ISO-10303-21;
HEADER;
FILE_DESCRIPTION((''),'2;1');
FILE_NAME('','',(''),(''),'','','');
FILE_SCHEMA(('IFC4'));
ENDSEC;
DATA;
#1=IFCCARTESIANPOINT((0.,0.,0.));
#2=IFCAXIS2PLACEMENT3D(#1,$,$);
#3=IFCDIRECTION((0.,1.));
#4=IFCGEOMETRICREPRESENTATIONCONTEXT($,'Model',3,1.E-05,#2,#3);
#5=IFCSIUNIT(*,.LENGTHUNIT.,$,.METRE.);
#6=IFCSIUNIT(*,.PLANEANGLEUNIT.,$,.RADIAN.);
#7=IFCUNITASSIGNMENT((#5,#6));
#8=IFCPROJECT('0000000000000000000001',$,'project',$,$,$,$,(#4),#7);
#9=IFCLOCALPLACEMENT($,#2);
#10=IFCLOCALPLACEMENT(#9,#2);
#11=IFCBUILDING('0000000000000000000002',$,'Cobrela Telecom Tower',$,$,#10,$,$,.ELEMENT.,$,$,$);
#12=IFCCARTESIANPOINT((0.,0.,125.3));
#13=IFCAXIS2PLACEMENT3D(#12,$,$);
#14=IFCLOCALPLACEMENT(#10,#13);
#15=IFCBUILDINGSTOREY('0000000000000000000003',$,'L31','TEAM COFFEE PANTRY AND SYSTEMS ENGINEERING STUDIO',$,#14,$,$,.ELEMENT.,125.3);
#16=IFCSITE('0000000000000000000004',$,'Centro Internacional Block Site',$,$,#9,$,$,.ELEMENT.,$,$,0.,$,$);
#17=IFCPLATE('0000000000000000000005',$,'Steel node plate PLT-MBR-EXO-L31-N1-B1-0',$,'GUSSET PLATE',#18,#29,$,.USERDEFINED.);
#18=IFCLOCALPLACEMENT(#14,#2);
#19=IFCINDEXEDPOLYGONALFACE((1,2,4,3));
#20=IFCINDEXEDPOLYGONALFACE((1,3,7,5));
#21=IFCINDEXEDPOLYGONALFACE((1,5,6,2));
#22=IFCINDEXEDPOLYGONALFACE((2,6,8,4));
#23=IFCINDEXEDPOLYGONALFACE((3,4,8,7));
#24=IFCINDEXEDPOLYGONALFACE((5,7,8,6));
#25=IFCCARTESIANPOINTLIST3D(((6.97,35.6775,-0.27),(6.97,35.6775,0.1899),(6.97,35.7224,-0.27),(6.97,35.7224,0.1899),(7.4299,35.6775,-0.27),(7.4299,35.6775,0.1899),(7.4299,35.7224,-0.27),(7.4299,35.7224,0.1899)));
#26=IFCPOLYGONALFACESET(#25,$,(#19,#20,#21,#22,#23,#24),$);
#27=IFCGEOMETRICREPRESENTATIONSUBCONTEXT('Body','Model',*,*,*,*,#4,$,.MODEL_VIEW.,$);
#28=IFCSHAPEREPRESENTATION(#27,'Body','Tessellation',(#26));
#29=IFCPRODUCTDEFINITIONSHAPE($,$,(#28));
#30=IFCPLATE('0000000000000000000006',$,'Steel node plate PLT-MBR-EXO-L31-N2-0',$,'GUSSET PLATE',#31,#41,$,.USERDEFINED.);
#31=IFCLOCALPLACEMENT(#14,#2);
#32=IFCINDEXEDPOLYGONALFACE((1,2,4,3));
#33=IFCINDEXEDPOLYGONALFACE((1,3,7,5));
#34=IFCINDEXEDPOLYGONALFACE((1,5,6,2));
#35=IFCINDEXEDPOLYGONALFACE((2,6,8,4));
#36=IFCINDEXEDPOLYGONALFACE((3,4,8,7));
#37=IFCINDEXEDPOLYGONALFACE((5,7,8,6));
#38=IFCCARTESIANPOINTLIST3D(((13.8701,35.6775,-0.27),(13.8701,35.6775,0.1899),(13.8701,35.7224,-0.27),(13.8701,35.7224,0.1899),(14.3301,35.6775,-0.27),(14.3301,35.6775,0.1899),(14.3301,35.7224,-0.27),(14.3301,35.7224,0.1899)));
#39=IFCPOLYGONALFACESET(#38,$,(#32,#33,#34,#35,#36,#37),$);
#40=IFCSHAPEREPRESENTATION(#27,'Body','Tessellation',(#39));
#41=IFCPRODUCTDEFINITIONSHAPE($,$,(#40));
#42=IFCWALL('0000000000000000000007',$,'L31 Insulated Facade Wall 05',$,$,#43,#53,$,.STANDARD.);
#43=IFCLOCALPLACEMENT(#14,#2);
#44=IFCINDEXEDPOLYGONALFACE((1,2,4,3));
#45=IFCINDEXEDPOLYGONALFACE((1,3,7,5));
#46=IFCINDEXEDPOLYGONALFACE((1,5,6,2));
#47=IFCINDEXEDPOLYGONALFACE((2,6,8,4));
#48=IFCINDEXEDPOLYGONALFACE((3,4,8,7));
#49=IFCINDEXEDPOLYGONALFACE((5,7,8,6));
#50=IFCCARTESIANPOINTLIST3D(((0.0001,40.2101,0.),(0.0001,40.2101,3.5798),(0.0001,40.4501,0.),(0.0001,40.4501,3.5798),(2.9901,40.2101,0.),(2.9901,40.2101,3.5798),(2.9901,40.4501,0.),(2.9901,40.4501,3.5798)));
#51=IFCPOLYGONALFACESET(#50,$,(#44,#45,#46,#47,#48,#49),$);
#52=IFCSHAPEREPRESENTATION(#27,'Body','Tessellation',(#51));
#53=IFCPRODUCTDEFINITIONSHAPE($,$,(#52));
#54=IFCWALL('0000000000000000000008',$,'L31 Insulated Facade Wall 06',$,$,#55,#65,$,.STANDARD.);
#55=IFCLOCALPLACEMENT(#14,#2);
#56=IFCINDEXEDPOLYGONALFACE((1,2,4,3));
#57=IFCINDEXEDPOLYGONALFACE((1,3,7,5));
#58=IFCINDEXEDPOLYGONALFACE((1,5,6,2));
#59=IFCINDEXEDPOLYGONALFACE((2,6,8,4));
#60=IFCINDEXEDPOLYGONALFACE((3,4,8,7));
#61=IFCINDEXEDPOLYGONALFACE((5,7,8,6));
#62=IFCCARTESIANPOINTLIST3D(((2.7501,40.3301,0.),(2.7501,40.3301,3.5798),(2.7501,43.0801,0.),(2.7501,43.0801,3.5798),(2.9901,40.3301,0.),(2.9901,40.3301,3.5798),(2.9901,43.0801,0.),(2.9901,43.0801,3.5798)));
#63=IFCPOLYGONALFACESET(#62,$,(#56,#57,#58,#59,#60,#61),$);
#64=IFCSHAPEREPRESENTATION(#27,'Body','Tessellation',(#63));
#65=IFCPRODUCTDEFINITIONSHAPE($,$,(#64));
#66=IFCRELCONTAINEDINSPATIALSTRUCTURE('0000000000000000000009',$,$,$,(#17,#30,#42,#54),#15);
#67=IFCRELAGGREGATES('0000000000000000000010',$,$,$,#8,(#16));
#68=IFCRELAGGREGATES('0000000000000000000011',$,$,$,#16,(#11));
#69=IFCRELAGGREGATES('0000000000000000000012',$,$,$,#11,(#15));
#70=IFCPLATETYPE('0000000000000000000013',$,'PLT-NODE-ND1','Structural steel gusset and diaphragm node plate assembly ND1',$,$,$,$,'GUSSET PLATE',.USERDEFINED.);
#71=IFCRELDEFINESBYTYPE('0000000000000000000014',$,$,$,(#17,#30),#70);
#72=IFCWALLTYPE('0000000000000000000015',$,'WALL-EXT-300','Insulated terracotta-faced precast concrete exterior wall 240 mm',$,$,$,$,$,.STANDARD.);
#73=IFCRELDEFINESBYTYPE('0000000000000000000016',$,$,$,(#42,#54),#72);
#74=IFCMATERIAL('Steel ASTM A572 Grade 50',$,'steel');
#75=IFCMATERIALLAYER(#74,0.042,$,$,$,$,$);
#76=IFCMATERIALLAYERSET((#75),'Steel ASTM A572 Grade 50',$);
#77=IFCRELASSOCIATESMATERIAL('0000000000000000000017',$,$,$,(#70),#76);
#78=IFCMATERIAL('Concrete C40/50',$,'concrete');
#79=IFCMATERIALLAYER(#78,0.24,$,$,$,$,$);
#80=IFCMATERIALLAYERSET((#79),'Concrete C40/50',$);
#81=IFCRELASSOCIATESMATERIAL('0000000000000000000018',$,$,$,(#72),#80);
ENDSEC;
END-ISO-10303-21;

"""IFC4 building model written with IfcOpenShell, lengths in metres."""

from ifc_helpers import new_model, si_unit, direction, frame, frame_2d, origin, origin_2d, place, context, subcontext, project, spatial, rectangle, extrude, material, layer, layer_set, type_object, element, save


model = new_model("IFC4")

# Units and contexts
model_context = context("Model", 3, precision=1e-05, world=origin(), true_north=direction((0.0, 1.0)))
body_context = subcontext(model_context, "Body", "Model", "MODEL_VIEW")
ifc_project = project(units=[si_unit("LENGTHUNIT", "METRE"), si_unit("PLANEANGLEUNIT", "RADIAN")], contexts=[model_context])

# Site, building, storey
site_placement = place(None, origin())
site = spatial("IfcSite", under=ifc_project, at=site_placement, Name="Centro Internacional Block Site", CompositionType="ELEMENT", RefElevation=0.0)
building_placement = place(site_placement, origin())
building = spatial("IfcBuilding", under=site, at=building_placement, Name="Cobrela Telecom Tower", CompositionType="ELEMENT")
storey_placement = place(building_placement, frame((0.0, 0.0, 125.3)))
storey = spatial("IfcBuildingStorey", under=building, at=storey_placement, Name="L31", Description="TEAM COFFEE PANTRY AND SYSTEMS ENGINEERING STUDIO", CompositionType="ELEMENT", Elevation=125.3)

# Shared definitions
ifc_material_1 = material(Name="Steel ASTM A572 Grade 50", Category="steel")

# Plates
ifc_layer_1 = layer(ifc_material_1, 0.042)
ifc_layer_set_1 = layer_set([ifc_layer_1], Name="Steel ASTM A572 Grade 50")
plate_type_1 = type_object("IfcPlateType", Name="PLT-NODE-ND1", Description="Structural steel gusset and diaphragm node plate assembly ND1", ElementType="GUSSET PLATE", PredefinedType="USERDEFINED", material=ifc_layer_set_1)
for number, where, z_axis, x_axis, name in (
    (1, (7.2, 35.7, -0.27), (0.0, 0.0, 1.0), (-1.0, 0.0, 0.0), "Steel node plate PLT-MBR-EXO-L31-N1-B1-0"),
    (2, (14.1001, 35.7, -0.27), (0.0, 0.0, 1.0), (-1.0, 0.0, 0.0), "Steel node plate PLT-MBR-EXO-L31-N2-0"),
):
    element("IfcPlate", number, at=place(storey_placement, frame(where, z_axis=z_axis, x_axis=x_axis)), inside=storey, type_object=plate_type_1, Name=name, ObjectType="GUSSET PLATE", PredefinedType="USERDEFINED", context=body_context, shape_type="SweptSolid", body=[
        extrude(rectangle(XDim=0.46, YDim=0.0449, at=origin_2d()), origin(), (0.0, 0.0, 1.0), 0.46),
    ])

# Walls
ifc_material_2 = material(Name="Concrete C40/50", Category="concrete")
ifc_layer_2 = layer(ifc_material_2, 0.24)
ifc_layer_set_2 = layer_set([ifc_layer_2], Name="Concrete C40/50")
wall_type_1 = type_object("IfcWallType", Name="WALL-EXT-300", Description="Insulated terracotta-faced precast concrete exterior wall 240 mm", PredefinedType="STANDARD", material=ifc_layer_set_2)
wall_1_placement = place(storey_placement, frame((0.0, 40.3301, 0.0), z_axis=(0.0, 0.0, 1.0), x_axis=(1.0, 0.0, 0.0)))
element("IfcWall", 3, at=wall_1_placement, inside=storey, type_object=wall_type_1, Name="L31 Insulated Facade Wall 05", PredefinedType="STANDARD", context=body_context, shape_type="SweptSolid", body=[
    extrude(rectangle(XDim=2.99, YDim=0.24, at=frame_2d((1.4951, 0.0))), origin(), (0.0, 0.0, 1.0), 3.5798),
])
wall_2_placement = place(storey_placement, frame((2.8701, 40.3301, 0.0), z_axis=(0.0, 0.0, 1.0), x_axis=(0.0, 1.0, 0.0)))
element("IfcWall", 4, at=wall_2_placement, inside=storey, type_object=wall_type_1, Name="L31 Insulated Facade Wall 06", PredefinedType="STANDARD", context=body_context, shape_type="SweptSolid", body=[
    extrude(rectangle(XDim=2.75, YDim=0.24, at=frame_2d((1.375, 0.0))), origin(), (0.0, 0.0, 1.0), 3.5798),
])

save(model, "model.ifc")
